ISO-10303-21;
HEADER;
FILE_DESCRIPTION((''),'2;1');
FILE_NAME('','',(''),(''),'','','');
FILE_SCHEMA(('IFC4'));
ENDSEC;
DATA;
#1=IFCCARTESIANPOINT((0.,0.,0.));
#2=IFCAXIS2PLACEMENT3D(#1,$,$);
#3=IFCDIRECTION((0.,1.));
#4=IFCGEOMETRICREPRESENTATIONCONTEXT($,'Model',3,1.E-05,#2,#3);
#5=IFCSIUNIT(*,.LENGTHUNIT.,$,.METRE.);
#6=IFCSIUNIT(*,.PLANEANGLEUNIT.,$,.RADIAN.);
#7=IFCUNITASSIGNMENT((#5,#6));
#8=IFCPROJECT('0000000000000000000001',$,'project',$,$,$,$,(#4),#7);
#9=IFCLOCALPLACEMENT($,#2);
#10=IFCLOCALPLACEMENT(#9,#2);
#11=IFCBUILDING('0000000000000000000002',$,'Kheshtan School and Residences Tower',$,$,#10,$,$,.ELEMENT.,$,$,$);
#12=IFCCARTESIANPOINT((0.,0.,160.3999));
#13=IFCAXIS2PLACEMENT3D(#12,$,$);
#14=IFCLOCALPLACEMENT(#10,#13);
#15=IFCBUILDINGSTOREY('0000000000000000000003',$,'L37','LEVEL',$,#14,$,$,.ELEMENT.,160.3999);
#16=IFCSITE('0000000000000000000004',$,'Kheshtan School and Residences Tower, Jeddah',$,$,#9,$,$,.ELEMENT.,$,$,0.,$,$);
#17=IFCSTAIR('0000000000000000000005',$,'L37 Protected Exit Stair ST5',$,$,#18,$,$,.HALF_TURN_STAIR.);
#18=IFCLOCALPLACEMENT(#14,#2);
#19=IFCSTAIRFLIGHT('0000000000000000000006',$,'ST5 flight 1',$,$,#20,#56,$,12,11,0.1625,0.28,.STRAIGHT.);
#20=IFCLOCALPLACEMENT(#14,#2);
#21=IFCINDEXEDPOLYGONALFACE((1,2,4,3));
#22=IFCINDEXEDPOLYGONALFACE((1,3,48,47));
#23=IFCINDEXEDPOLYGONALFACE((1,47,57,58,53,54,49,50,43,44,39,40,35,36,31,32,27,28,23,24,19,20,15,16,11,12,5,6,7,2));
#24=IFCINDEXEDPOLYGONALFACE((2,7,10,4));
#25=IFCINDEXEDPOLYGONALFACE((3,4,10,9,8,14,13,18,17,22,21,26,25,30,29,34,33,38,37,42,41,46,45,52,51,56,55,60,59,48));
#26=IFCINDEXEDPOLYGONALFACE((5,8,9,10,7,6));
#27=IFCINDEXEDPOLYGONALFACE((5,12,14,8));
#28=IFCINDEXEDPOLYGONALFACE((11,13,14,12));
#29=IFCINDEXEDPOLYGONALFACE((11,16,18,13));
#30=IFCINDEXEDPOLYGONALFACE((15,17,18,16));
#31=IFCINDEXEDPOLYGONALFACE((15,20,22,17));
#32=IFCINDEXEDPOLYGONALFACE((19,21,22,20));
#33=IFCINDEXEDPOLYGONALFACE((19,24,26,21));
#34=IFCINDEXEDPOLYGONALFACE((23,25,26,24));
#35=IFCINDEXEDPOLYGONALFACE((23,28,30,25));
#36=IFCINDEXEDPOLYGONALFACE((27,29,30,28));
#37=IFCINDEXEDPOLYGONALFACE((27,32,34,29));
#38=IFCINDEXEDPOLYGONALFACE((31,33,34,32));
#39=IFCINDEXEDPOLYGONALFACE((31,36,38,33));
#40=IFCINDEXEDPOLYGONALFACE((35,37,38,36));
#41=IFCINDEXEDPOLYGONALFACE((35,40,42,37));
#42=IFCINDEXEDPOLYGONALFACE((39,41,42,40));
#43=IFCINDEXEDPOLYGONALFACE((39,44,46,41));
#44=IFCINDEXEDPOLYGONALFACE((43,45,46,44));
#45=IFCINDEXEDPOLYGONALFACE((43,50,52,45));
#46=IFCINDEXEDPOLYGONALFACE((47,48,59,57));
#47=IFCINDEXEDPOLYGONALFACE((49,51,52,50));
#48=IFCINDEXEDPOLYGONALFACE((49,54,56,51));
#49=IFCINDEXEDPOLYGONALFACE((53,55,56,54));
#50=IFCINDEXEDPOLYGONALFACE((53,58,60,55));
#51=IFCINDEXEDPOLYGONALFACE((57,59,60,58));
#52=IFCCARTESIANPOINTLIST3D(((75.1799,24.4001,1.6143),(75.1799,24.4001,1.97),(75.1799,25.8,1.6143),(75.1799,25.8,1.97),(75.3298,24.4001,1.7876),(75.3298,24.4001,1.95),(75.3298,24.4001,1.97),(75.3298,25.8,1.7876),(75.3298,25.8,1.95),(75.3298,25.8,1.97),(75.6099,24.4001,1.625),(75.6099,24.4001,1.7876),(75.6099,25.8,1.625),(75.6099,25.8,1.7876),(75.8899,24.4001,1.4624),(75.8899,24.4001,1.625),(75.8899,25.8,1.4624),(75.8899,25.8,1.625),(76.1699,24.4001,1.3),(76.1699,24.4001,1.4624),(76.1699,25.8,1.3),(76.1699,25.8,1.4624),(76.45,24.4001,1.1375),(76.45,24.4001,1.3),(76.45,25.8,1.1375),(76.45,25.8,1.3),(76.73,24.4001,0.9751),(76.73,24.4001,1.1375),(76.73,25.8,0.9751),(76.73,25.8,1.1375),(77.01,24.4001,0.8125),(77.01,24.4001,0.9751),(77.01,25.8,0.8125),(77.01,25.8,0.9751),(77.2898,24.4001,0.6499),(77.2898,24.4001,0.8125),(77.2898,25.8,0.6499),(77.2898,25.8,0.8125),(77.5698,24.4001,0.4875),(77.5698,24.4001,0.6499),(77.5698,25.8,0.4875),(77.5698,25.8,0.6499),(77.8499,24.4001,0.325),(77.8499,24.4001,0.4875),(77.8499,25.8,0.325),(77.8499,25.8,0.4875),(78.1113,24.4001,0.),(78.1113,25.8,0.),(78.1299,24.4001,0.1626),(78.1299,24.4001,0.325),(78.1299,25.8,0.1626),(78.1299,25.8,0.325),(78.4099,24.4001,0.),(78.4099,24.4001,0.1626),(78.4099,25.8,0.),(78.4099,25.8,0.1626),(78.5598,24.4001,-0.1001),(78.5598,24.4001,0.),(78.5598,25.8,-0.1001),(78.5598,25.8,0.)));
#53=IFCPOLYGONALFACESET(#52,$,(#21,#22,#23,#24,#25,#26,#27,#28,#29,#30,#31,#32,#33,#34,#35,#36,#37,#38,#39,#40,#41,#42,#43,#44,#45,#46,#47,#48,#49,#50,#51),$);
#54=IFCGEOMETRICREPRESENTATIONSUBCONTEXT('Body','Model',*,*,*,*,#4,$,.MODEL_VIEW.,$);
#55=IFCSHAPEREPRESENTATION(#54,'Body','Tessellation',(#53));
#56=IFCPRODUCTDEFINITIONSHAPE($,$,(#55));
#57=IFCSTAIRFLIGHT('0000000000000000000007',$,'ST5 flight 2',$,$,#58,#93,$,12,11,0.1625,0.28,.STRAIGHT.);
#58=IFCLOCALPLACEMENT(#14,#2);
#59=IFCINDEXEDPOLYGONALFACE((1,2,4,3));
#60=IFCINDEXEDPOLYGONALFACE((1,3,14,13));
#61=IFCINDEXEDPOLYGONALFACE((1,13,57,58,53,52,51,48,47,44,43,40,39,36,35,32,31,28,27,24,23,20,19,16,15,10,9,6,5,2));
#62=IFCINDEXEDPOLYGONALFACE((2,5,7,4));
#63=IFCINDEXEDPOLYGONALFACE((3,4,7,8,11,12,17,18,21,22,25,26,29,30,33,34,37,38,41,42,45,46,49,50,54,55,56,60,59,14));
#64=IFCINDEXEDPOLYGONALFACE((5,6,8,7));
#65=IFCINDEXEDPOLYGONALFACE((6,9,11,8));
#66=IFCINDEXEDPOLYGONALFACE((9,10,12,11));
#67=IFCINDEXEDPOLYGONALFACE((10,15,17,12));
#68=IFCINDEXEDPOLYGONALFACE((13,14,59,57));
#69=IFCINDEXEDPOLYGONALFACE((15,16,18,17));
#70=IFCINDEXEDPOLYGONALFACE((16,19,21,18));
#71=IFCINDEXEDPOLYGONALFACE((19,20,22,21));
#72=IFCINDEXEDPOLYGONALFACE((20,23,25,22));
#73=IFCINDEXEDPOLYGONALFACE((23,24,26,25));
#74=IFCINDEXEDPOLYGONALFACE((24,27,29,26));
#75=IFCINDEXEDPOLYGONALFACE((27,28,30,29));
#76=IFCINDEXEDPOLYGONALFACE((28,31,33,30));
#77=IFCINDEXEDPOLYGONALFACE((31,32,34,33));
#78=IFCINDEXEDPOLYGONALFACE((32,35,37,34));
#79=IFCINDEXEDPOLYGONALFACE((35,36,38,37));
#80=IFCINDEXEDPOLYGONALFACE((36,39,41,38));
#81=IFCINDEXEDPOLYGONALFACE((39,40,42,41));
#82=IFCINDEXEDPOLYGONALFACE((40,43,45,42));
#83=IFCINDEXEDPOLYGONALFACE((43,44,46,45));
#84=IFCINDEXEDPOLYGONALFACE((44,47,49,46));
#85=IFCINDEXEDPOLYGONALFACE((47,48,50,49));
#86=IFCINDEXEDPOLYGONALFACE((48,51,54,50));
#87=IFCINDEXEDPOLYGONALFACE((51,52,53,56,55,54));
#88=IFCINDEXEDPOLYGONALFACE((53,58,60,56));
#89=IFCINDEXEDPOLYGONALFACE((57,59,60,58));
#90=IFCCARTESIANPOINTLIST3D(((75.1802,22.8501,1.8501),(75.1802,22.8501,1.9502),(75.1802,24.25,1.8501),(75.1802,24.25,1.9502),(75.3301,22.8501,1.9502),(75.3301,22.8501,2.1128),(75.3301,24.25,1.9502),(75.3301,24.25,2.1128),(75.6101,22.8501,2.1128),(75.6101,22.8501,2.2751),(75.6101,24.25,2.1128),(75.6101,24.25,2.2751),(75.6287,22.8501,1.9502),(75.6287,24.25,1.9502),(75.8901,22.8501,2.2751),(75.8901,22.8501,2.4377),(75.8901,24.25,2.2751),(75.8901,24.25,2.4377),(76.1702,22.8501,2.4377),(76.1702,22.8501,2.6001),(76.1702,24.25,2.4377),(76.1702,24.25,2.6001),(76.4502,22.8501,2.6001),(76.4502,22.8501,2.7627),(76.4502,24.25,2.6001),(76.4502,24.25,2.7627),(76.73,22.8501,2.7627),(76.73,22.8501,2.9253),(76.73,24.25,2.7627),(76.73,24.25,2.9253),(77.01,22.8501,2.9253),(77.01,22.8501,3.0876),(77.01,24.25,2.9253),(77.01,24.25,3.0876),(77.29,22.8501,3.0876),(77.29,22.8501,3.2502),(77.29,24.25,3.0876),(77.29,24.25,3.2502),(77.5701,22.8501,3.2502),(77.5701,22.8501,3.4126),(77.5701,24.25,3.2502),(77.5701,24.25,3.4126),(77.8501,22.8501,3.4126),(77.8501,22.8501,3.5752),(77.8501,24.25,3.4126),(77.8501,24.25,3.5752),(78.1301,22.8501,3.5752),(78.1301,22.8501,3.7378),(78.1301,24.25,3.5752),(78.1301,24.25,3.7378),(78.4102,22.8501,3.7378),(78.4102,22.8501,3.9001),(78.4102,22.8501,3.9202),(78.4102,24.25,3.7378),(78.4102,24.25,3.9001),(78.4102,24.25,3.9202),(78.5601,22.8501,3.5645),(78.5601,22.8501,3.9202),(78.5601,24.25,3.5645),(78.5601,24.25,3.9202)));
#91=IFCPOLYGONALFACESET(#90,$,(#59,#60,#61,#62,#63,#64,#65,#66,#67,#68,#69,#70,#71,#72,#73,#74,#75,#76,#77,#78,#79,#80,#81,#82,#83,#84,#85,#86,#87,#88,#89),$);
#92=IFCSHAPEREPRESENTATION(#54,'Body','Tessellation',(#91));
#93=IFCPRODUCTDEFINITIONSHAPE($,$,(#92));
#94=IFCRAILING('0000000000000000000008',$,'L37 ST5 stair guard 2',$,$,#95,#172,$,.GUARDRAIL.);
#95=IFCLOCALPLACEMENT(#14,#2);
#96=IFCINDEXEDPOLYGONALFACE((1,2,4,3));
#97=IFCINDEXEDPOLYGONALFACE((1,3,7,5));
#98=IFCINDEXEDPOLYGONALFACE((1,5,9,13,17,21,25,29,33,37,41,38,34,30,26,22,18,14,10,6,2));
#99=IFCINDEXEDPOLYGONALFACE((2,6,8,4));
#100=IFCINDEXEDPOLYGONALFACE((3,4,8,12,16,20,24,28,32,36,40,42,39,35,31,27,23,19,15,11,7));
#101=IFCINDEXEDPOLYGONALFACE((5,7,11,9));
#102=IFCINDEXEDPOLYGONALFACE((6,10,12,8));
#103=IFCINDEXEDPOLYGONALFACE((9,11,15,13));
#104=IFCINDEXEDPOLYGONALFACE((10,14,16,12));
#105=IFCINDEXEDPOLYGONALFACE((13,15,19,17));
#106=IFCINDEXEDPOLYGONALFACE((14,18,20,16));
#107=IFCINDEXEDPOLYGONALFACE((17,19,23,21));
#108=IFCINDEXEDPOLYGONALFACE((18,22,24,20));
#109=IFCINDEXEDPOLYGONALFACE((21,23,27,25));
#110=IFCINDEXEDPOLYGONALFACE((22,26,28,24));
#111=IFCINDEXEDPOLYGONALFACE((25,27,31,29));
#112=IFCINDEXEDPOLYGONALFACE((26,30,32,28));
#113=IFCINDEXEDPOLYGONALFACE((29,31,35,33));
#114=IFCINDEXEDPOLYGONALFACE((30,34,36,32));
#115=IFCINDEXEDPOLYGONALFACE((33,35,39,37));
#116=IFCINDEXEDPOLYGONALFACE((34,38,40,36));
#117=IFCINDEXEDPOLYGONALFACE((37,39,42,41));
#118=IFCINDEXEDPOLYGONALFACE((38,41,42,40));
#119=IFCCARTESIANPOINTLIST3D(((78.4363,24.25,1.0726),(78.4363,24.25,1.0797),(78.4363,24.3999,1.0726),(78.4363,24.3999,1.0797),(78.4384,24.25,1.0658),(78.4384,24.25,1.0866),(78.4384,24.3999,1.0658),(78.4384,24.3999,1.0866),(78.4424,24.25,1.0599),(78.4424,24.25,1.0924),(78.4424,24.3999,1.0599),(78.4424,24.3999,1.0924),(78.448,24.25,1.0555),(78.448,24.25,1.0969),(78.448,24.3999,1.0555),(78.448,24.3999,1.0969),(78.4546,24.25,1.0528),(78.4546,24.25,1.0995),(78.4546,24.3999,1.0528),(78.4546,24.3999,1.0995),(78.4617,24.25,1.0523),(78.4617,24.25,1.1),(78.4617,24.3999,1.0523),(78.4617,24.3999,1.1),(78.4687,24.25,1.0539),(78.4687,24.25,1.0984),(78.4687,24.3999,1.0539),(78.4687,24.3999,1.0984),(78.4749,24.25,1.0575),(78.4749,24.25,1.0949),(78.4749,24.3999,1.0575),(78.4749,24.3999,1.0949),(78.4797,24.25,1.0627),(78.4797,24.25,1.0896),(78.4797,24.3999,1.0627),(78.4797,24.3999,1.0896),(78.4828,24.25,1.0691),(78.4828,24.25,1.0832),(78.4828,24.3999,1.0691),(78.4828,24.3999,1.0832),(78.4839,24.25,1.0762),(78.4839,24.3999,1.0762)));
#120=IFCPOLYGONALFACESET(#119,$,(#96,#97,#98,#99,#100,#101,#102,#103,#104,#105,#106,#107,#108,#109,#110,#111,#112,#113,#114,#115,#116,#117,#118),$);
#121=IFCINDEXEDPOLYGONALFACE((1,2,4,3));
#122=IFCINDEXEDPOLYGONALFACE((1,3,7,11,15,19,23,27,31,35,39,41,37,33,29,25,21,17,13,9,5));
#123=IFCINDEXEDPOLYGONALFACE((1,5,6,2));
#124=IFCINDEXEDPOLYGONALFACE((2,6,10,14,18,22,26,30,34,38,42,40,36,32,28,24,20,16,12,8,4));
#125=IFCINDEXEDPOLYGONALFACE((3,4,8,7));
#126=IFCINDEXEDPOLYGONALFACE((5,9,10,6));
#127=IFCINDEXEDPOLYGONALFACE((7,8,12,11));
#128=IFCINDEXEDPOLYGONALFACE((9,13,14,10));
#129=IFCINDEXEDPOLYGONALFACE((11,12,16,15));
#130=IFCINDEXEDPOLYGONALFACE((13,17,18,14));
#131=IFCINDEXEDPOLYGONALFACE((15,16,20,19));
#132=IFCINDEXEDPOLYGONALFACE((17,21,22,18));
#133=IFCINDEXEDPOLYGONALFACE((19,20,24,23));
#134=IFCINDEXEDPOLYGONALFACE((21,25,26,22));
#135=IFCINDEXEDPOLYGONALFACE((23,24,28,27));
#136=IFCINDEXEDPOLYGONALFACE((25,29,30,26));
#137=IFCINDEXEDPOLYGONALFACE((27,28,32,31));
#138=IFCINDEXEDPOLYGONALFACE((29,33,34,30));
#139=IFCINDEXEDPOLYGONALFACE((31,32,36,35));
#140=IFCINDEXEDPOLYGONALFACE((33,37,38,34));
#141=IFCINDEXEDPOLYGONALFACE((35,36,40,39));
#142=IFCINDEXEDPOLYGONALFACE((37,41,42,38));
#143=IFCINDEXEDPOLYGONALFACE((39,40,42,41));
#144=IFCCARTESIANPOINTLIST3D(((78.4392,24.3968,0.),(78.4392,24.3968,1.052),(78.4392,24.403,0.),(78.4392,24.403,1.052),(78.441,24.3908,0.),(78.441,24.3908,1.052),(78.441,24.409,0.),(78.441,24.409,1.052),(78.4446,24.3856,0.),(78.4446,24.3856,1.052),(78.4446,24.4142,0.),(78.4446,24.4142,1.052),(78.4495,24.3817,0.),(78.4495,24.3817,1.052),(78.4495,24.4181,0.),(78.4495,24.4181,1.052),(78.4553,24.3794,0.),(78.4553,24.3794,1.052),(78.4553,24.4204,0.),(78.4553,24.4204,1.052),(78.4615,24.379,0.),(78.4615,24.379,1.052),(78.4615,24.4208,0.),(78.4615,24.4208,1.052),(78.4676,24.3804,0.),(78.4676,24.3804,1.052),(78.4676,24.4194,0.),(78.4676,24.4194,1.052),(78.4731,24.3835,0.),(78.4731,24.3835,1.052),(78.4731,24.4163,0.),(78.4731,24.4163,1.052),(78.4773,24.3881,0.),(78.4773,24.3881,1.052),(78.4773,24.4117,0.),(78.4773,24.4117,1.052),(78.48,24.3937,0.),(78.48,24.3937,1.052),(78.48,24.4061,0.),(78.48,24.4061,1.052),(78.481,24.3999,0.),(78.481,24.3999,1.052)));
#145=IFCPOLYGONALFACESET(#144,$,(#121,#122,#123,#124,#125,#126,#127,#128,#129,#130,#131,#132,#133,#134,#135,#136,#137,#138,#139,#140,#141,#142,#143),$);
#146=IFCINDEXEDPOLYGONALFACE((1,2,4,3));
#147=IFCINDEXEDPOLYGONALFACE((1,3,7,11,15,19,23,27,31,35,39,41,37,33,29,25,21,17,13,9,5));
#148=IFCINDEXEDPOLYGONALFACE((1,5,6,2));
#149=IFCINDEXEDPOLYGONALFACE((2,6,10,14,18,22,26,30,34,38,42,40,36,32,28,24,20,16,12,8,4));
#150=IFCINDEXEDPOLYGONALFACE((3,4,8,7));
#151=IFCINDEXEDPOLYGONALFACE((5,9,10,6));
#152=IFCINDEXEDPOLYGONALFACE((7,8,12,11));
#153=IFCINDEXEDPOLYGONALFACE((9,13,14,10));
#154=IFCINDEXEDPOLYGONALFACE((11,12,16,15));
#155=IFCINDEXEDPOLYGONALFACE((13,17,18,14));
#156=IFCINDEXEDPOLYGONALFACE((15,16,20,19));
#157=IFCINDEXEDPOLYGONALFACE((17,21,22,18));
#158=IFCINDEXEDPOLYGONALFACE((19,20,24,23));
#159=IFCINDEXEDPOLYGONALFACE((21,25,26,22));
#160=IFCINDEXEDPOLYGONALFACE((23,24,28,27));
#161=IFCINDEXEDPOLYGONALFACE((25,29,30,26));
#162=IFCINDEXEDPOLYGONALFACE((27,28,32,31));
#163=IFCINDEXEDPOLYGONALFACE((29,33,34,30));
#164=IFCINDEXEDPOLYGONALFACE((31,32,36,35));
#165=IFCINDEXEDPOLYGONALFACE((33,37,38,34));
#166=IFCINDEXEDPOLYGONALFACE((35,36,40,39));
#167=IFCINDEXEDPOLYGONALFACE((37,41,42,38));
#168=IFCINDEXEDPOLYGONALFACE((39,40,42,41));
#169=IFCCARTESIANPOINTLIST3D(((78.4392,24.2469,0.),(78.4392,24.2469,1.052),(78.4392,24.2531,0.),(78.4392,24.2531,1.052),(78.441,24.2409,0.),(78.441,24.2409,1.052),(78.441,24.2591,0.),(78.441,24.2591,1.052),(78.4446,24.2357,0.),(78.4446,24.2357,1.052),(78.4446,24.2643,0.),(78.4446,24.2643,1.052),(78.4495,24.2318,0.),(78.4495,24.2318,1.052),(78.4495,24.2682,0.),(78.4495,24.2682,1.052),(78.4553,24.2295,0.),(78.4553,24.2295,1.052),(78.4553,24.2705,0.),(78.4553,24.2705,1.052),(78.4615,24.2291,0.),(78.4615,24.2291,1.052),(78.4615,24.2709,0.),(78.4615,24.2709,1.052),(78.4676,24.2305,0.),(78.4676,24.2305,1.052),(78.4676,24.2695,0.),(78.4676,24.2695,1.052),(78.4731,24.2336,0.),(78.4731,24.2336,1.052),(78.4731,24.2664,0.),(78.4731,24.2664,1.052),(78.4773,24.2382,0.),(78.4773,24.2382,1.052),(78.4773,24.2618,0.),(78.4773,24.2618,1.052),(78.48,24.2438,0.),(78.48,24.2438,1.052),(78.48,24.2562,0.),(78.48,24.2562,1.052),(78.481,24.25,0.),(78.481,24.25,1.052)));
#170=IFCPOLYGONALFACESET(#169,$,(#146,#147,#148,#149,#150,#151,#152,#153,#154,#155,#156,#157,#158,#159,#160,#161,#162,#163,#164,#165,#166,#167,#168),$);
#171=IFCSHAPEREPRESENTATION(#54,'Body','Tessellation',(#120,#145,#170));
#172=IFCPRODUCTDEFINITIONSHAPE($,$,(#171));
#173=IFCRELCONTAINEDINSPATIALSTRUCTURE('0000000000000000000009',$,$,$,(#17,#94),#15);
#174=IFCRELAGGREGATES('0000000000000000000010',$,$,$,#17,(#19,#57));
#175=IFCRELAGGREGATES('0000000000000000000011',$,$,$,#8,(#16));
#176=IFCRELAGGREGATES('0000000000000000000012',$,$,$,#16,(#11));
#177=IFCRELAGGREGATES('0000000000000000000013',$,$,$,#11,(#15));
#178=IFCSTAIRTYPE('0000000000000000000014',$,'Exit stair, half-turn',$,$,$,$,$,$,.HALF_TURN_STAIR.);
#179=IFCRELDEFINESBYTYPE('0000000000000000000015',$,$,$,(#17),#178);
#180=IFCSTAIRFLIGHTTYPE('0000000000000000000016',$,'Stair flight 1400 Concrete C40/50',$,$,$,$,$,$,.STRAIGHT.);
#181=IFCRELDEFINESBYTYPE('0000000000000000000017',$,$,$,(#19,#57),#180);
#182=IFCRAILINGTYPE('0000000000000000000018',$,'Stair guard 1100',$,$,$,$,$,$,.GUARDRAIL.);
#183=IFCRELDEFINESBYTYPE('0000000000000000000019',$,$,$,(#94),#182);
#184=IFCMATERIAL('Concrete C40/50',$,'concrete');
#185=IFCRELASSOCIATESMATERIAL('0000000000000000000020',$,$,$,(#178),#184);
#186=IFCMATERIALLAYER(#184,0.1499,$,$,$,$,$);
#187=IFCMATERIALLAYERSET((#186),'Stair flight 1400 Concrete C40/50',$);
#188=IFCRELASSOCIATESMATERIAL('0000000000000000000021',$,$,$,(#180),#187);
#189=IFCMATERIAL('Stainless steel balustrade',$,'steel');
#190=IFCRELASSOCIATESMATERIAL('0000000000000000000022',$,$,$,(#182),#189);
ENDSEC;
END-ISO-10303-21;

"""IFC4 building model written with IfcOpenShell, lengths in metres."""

from ifc_helpers import new_model, si_unit, direction, frame, origin, origin_2d, place, context, subcontext, project, spatial, polyline, circle, outline, extrude, material, layer, layer_set, type_object, element, aggregate, save


model = new_model("IFC4")

# Units and contexts
model_context = context("Model", 3, precision=1e-05, world=origin(), true_north=direction((0.0, 1.0)))
body_context = subcontext(model_context, "Body", "Model", "MODEL_VIEW")
ifc_project = project(units=[si_unit("LENGTHUNIT", "METRE"), si_unit("PLANEANGLEUNIT", "RADIAN")], contexts=[model_context])

# Site, building, storey
site_placement = place(None, origin())
site = spatial("IfcSite", under=ifc_project, at=site_placement, Name="Kheshtan School and Residences Tower, Jeddah", CompositionType="ELEMENT", RefElevation=0.0)
building_placement = place(site_placement, origin())
building = spatial("IfcBuilding", under=site, at=building_placement, Name="Kheshtan School and Residences Tower", CompositionType="ELEMENT")
storey_placement = place(building_placement, frame((0.0, 0.0, 160.3999)))
storey = spatial("IfcBuildingStorey", under=building, at=storey_placement, Name="L37", Description="LEVEL", CompositionType="ELEMENT", Elevation=160.3999)

# Shared definitions
ifc_material_1 = material(Name="Concrete C40/50", Category="concrete")

# Stair, stair flights
stair_type = type_object("IfcStairType", Name="Exit stair, half-turn", PredefinedType="HALF_TURN_STAIR", material=ifc_material_1)
stair_placement = place(storey_placement, origin())
stair = element("IfcStair", 1, at=stair_placement, inside=storey, type_object=stair_type, Name="L37 Protected Exit Stair ST5", PredefinedType="HALF_TURN_STAIR")
ifc_layer_1 = layer(ifc_material_1, 0.1499)
ifc_layer_set_1 = layer_set([ifc_layer_1], Name="Stair flight 1400 Concrete C40/50")
stair_flight_type = type_object("IfcStairFlightType", Name="Stair flight 1400 Concrete C40/50", PredefinedType="STRAIGHT", material=ifc_layer_set_1)
stair_flight_1_placement = place(storey_placement, frame((78.4099, 25.1001, 0.0), z_axis=(0.0, 0.0, 1.0), x_axis=(-1.0, 0.0, 0.0)))
stair_flight_1 = element("IfcStairFlight", 2, at=stair_flight_1_placement, type_object=stair_flight_type, Name="ST5 flight 1", NumberOfRisers=12, NumberOfTreads=11, PredefinedType="STRAIGHT", RiserHeight=0.1625, TreadLength=0.28, context=body_context, shape_type="SweptSolid", body=[
    extrude(outline(polyline([(-0.1499, -0.1001), (-0.1499, 0.0), (0.0, 0.0), (0.0, 0.1626), (0.28, 0.1626), (0.28, 0.325), (0.5601, 0.325), (0.5601, 0.4875), (0.8401, 0.4875), (0.8401, 0.6499), (1.1201, 0.6499), (1.1201, 0.8125), (1.3999, 0.8125), (1.3999, 0.9751), (1.6799, 0.9751), (1.6799, 1.1375), (1.96, 1.1375), (1.96, 1.3), (2.24, 1.3), (2.24, 1.4624), (2.52, 1.4624), (2.52, 1.625), (2.8, 1.625), (2.8, 1.7876), (3.0801, 1.7876), (3.0801, 1.95), (3.0801, 1.97), (3.23, 1.97), (3.23, 1.6143), (0.2986, 0.0), (-0.1499, -0.1001)])), frame((0.0, 0.7, 0.0), z_axis=(0.0, -1.0, 0.0), x_axis=(1.0, 0.0, 0.0)), (0.0, 0.0, 1.0), 1.3999),
])
stair_flight_2_placement = place(storey_placement, frame((75.3301, 23.55, 1.9502), z_axis=(0.0, 0.0, 1.0), x_axis=(1.0, 0.0, 0.0)))
stair_flight_2 = element("IfcStairFlight", 3, at=stair_flight_2_placement, type_object=stair_flight_type, Name="ST5 flight 2", NumberOfRisers=12, NumberOfTreads=11, PredefinedType="STRAIGHT", RiserHeight=0.1625, TreadLength=0.28, context=body_context, shape_type="SweptSolid", body=[
    extrude(outline(polyline([(-0.1499, -0.1001), (-0.1499, 0.0), (0.0, 0.0), (0.0, 0.1626), (0.28, 0.1626), (0.28, 0.325), (0.5601, 0.325), (0.5601, 0.4875), (0.8401, 0.4875), (0.8401, 0.6499), (1.1201, 0.6499), (1.1201, 0.8125), (1.3999, 0.8125), (1.3999, 0.9751), (1.6799, 0.9751), (1.6799, 1.1375), (1.96, 1.1375), (1.96, 1.3), (2.24, 1.3), (2.24, 1.4624), (2.52, 1.4624), (2.52, 1.625), (2.8, 1.625), (2.8, 1.7876), (3.0801, 1.7876), (3.0801, 1.95), (3.0801, 1.97), (3.23, 1.97), (3.23, 1.6143), (0.2986, 0.0), (-0.1499, -0.1001)])), frame((0.0, 0.7, 0.0), z_axis=(0.0, -1.0, 0.0), x_axis=(1.0, 0.0, 0.0)), (0.0, 0.0, 1.0), 1.3999),
])
aggregate(stair, [stair_flight_1, stair_flight_2])

# Railing
ifc_material_2 = material(Name="Stainless steel balustrade", Category="steel")
railing_type_1 = type_object("IfcRailingType", Name="Stair guard 1100", PredefinedType="GUARDRAIL", material=ifc_material_2)
railing_1_placement = place(storey_placement, frame((78.46, 24.3999, 0.0)))
element("IfcRailing", 4, at=railing_1_placement, inside=storey, type_object=railing_type_1, Name="L37 ST5 stair guard 2", PredefinedType="GUARDRAIL", context=body_context, shape_type="SweptSolid", body=[
    extrude(circle(Radius=0.0239, at=origin_2d()), frame((0.0, 0.0, 1.0762), z_axis=(0.0, -1.0, 0.0), x_axis=(1.0, 0.0, 0.0)), (0.0, 0.0, 1.0), 0.1499),
    extrude(circle(Radius=0.021, at=origin_2d()), origin(), (0.0, 0.0, 1.0), 1.052),
    extrude(circle(Radius=0.021, at=origin_2d()), frame((0.0, -0.1499, 0.0)), (0.0, 0.0, 1.0), 1.052),
])

save(model, "model.ifc")
